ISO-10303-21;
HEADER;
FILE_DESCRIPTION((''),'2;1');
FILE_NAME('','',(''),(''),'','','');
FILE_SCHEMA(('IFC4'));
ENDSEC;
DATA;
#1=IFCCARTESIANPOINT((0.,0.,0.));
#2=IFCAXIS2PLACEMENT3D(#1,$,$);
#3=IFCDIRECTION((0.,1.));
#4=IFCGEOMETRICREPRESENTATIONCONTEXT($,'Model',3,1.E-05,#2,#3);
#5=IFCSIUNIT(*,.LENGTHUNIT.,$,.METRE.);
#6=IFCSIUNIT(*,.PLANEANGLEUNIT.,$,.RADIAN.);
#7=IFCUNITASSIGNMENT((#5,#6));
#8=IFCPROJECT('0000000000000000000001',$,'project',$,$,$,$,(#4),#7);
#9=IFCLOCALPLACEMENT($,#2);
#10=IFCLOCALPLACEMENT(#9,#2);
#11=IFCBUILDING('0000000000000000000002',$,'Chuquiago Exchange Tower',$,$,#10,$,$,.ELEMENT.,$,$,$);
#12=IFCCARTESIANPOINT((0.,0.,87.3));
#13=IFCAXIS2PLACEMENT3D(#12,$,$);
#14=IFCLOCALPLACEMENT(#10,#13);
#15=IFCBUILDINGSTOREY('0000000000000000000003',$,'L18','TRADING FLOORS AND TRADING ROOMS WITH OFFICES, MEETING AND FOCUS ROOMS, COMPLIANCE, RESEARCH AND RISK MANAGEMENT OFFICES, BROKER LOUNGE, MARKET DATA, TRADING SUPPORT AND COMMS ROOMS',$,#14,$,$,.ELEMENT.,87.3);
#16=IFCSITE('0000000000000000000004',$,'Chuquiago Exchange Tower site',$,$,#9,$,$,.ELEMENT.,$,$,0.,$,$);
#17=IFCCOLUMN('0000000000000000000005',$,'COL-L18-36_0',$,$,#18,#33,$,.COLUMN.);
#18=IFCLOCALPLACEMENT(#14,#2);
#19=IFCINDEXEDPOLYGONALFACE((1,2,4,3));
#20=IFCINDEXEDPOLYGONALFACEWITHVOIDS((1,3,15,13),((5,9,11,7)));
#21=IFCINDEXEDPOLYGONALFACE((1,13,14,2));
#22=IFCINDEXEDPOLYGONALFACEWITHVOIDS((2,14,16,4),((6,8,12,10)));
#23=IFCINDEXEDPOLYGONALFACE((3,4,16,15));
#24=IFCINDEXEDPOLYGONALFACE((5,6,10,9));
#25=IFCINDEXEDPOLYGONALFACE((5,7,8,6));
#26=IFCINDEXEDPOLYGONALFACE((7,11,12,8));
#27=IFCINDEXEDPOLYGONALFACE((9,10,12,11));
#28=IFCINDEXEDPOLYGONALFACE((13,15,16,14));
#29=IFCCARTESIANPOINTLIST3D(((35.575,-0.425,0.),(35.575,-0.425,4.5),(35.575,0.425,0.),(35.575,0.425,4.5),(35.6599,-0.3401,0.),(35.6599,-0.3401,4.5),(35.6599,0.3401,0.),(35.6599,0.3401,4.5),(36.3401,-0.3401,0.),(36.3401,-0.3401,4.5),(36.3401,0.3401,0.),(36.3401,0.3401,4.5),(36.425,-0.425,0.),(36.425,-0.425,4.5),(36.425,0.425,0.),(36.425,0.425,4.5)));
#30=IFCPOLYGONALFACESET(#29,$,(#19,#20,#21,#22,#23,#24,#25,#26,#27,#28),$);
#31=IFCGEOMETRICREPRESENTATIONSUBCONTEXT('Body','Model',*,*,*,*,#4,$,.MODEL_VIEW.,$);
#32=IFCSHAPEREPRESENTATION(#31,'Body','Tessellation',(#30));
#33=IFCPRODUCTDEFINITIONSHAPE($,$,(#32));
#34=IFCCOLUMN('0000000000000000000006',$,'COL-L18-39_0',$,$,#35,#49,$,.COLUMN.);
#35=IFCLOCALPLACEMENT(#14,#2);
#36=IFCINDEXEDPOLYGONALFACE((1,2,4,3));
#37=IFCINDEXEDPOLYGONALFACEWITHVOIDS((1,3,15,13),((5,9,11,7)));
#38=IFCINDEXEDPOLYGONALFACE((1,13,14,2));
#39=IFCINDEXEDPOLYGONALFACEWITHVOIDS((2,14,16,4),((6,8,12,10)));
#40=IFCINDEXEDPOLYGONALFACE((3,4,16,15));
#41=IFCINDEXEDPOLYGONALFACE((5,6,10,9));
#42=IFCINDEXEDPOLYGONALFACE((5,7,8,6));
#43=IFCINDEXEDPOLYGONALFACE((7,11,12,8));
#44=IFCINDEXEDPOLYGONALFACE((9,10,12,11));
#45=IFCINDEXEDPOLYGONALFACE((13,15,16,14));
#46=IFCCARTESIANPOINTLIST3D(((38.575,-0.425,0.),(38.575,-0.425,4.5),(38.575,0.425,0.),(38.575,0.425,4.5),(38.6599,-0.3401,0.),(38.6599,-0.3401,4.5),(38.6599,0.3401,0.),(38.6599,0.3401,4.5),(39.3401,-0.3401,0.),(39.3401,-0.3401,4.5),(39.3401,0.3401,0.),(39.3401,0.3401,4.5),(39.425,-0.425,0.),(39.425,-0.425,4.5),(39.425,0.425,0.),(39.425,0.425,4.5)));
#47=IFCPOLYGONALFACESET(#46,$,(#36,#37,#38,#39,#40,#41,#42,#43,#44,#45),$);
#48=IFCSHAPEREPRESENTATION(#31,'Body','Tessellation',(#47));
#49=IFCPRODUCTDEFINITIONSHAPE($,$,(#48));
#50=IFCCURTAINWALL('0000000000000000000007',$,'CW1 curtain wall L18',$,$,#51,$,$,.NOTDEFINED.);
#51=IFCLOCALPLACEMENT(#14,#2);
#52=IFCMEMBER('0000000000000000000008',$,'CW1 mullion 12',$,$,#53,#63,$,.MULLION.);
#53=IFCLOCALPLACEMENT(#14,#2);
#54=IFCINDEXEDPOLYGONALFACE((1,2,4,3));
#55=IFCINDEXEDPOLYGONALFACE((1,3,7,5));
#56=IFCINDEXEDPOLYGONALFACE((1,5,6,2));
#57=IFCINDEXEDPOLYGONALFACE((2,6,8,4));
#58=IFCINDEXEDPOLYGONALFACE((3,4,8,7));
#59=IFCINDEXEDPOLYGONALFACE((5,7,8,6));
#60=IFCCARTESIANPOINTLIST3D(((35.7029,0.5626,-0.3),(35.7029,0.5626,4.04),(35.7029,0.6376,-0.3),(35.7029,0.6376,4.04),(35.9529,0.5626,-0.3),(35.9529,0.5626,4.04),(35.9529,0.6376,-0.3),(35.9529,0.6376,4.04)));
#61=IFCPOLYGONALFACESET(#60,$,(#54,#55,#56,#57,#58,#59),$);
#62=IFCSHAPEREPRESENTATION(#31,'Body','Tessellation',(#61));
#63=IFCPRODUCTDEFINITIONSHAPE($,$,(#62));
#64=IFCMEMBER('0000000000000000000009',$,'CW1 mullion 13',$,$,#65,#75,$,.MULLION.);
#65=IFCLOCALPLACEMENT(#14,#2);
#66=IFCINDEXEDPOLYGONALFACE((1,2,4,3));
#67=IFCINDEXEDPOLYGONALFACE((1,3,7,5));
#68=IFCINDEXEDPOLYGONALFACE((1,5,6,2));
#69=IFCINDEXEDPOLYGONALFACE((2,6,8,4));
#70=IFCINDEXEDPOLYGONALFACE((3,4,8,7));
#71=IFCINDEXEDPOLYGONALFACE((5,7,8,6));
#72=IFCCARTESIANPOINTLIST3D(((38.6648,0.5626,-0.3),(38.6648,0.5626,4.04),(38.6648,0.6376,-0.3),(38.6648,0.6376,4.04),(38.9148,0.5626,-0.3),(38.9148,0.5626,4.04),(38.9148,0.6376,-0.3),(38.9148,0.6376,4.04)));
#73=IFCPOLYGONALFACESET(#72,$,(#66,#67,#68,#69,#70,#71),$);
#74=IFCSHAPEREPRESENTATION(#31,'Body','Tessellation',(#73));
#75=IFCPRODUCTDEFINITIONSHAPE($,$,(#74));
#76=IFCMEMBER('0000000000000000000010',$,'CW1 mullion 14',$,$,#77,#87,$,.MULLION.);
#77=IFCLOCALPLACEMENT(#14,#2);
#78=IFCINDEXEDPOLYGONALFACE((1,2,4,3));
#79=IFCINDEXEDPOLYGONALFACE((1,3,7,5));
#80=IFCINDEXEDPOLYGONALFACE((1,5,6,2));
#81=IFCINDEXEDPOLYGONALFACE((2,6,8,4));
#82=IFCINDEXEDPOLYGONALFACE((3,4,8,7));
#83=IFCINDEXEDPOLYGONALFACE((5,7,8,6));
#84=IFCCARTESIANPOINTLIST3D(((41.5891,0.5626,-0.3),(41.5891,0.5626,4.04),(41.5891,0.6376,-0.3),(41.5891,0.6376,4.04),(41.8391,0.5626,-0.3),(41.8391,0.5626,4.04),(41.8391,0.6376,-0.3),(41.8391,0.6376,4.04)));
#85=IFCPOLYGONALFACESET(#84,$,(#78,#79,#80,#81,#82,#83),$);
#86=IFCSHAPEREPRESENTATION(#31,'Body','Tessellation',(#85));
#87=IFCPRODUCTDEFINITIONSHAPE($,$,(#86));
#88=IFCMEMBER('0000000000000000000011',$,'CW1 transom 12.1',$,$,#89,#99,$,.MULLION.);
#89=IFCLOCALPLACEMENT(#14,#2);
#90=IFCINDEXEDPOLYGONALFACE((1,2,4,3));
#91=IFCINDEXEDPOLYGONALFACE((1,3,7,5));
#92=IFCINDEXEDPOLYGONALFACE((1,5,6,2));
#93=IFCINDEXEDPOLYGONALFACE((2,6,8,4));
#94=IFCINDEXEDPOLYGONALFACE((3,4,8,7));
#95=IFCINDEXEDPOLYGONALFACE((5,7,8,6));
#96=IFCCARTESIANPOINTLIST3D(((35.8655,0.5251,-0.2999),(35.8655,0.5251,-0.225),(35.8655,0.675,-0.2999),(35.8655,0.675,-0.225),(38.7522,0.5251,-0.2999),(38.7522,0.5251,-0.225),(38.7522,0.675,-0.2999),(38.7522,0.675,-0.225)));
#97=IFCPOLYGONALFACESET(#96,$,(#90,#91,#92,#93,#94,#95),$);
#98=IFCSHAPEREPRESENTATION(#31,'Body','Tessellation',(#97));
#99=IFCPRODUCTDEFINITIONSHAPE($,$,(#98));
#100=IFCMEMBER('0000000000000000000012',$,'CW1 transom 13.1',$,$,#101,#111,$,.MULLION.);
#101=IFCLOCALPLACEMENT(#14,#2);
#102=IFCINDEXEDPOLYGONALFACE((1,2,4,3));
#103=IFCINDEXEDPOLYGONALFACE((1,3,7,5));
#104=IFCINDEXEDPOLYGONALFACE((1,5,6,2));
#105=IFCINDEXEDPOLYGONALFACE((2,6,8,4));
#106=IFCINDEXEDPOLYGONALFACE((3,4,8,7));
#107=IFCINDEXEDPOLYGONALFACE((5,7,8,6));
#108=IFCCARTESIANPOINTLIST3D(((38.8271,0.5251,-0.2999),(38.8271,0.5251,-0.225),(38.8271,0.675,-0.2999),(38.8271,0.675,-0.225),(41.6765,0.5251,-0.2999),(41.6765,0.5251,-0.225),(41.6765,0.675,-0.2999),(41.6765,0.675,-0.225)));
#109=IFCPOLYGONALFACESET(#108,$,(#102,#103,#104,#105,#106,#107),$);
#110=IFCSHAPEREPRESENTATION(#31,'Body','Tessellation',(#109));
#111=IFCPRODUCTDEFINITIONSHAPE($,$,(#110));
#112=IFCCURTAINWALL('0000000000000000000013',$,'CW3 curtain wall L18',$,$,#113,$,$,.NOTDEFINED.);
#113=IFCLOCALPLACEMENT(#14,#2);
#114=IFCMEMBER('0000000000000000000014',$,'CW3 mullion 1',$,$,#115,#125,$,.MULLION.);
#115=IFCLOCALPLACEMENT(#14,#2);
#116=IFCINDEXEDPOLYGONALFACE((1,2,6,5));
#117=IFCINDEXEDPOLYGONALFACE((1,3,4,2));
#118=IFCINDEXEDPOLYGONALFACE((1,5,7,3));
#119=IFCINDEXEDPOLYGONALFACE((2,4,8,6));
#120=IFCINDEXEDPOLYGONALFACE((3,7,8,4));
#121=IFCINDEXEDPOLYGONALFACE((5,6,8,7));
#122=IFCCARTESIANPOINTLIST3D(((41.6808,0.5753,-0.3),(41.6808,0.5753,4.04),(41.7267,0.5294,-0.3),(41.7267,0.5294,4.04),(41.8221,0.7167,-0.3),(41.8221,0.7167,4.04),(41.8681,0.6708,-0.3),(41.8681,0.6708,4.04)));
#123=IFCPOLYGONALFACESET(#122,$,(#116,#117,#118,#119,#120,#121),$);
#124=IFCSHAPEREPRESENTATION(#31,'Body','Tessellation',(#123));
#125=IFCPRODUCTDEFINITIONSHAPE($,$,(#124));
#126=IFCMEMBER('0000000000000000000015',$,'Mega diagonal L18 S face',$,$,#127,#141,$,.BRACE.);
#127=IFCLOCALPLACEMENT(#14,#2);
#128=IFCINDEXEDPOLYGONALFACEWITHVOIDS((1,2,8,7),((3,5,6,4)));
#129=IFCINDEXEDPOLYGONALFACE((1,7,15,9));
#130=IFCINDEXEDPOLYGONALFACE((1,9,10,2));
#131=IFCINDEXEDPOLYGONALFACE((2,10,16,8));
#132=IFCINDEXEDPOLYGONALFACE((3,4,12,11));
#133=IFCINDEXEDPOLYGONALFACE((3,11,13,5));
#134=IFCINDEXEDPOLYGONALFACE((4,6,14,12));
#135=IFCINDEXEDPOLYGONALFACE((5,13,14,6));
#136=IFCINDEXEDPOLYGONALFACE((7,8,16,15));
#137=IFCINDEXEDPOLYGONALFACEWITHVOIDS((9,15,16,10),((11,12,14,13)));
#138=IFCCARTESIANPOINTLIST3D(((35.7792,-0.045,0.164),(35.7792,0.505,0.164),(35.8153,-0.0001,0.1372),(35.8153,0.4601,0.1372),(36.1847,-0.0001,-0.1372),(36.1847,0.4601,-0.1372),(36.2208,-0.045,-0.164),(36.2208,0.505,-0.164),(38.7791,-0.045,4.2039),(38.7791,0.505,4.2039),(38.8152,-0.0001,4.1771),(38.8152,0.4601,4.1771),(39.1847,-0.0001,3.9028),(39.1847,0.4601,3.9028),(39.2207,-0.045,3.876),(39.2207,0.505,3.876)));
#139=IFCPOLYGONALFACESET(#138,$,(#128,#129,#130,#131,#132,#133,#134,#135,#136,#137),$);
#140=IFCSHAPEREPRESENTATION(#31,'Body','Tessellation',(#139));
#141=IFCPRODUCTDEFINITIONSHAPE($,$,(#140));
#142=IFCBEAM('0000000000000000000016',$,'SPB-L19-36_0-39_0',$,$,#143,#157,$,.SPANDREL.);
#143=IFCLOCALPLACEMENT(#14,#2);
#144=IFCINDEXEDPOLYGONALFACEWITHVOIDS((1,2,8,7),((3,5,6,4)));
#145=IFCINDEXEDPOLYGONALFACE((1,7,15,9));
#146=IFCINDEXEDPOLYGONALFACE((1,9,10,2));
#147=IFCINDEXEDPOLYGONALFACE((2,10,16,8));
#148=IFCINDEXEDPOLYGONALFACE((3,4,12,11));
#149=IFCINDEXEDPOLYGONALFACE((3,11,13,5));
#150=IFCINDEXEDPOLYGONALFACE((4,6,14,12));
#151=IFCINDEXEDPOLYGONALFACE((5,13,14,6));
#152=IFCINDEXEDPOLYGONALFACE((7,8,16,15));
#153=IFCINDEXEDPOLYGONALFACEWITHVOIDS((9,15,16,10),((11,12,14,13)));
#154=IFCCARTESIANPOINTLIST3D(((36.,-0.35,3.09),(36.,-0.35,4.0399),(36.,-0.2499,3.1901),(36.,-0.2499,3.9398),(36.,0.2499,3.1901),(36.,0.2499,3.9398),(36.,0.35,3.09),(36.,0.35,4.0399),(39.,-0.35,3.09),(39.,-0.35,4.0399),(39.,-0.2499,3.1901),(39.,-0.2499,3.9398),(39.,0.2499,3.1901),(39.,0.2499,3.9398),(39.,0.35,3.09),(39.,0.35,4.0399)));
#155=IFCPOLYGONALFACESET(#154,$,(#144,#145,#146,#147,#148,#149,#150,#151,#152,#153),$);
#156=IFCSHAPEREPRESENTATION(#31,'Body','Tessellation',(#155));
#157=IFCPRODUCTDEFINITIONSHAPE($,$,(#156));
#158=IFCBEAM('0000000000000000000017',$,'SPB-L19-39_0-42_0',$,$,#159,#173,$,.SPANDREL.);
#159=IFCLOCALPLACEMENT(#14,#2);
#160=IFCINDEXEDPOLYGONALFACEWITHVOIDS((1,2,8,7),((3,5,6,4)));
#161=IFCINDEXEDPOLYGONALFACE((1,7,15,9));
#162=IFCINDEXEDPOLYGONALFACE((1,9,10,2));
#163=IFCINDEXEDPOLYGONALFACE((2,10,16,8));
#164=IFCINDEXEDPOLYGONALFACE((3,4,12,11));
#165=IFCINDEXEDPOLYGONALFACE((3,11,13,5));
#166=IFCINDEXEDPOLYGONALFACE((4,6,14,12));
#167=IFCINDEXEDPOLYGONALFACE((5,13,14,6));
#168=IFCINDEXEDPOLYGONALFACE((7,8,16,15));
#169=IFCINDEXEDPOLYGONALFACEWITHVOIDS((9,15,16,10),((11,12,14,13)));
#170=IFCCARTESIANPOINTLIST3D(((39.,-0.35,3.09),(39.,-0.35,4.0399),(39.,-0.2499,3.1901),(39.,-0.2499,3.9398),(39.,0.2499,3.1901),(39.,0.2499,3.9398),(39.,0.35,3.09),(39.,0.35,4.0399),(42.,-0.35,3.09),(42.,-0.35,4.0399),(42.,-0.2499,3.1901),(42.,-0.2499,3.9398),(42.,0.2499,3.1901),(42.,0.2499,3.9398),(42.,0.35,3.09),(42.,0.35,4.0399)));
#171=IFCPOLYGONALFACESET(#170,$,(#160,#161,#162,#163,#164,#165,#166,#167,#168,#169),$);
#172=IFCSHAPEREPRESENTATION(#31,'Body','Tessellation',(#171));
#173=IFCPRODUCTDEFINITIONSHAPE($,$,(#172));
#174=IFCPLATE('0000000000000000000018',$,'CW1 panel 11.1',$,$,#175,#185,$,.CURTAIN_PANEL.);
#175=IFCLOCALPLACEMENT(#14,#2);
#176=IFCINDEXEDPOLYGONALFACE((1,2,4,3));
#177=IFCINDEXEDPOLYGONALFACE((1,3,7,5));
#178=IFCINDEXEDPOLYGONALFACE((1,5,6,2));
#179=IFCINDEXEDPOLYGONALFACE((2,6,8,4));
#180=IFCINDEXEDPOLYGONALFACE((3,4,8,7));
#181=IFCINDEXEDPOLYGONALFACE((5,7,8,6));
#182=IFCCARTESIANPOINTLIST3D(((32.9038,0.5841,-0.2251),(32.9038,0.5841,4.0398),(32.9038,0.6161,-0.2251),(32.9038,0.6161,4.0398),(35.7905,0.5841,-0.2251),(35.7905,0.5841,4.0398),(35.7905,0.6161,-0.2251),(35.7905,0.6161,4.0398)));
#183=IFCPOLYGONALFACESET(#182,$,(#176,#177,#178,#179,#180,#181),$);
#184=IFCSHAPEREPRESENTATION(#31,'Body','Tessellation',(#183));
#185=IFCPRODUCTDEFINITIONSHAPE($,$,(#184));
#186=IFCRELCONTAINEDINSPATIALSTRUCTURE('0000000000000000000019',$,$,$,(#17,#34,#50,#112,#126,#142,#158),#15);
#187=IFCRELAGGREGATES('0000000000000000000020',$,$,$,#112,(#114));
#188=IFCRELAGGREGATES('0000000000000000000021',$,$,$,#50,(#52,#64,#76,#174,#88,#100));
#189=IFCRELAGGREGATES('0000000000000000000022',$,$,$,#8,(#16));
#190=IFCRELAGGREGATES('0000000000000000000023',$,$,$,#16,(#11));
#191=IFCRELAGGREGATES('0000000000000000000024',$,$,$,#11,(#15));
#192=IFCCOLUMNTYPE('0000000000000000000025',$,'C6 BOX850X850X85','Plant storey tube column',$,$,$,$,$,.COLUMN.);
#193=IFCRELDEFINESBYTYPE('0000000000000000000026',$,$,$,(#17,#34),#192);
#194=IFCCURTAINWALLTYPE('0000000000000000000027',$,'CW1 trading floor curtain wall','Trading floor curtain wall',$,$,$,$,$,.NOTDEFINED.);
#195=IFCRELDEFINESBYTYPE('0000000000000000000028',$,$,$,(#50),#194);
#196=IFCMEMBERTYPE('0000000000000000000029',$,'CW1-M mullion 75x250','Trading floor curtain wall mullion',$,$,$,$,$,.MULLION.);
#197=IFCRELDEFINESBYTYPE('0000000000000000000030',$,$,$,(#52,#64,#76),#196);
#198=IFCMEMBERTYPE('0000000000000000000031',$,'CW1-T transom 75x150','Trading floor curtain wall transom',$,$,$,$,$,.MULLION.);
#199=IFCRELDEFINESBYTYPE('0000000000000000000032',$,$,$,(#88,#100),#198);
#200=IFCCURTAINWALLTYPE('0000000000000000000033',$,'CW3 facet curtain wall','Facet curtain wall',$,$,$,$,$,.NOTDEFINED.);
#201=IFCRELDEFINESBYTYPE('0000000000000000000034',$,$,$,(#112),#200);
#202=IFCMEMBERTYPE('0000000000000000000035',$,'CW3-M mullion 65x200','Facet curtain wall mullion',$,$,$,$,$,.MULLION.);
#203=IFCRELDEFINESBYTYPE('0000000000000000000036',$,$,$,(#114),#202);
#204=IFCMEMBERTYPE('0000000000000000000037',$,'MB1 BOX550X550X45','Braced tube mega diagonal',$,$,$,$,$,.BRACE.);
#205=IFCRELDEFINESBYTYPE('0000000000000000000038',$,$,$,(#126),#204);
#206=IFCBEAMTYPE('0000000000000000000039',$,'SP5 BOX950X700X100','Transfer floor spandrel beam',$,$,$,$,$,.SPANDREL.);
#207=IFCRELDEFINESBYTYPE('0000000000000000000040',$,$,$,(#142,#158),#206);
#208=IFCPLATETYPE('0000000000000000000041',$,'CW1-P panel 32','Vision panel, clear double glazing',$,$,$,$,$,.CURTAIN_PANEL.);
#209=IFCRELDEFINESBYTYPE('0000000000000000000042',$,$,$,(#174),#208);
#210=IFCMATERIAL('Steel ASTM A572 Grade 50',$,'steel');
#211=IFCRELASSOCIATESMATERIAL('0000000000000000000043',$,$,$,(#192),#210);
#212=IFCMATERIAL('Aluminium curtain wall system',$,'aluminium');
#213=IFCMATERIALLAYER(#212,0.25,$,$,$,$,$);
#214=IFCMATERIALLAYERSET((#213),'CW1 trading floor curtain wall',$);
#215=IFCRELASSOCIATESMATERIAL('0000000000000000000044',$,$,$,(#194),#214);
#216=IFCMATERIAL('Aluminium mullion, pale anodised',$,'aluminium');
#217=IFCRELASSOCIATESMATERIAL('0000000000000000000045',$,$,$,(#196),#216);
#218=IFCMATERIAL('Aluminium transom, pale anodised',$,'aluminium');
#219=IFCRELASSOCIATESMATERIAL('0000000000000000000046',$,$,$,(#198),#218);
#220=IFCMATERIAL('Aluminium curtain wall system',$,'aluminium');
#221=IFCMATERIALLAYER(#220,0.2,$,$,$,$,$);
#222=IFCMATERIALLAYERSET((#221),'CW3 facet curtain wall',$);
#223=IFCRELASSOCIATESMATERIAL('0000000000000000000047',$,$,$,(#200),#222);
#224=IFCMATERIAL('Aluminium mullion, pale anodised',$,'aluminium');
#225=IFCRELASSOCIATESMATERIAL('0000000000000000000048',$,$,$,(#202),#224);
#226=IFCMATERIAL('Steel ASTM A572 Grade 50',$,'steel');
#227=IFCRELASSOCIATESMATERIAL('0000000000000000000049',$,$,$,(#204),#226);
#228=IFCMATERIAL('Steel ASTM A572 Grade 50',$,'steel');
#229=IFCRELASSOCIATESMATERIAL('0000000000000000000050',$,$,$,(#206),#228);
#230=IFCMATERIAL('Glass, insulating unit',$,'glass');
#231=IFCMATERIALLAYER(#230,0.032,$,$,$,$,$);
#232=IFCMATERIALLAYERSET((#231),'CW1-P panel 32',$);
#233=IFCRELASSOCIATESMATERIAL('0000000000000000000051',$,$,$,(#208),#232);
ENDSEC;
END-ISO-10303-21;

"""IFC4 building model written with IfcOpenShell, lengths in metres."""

from ifc_helpers import new_model, si_unit, direction, frame, origin, origin_2d, place, context, subcontext, project, spatial, rectangle, hollow_rectangle, extrude, material, layer, layer_set, material_profile, profile_set, type_object, element, aggregate, save


model = new_model("IFC4")

# Units and contexts
model_context = context("Model", 3, precision=1e-05, world=origin(), true_north=direction((0.0, 1.0)))
body_context = subcontext(model_context, "Body", "Model", "MODEL_VIEW")
ifc_project = project(units=[si_unit("LENGTHUNIT", "METRE"), si_unit("PLANEANGLEUNIT", "RADIAN")], contexts=[model_context])

# Site, building, storey
site_placement = place(None, origin())
site = spatial("IfcSite", under=ifc_project, at=site_placement, Name="Chuquiago Exchange Tower site", CompositionType="ELEMENT", RefElevation=0.0)
building_placement = place(site_placement, origin())
building = spatial("IfcBuilding", under=site, at=building_placement, Name="Chuquiago Exchange Tower", CompositionType="ELEMENT")
storey_placement = place(building_placement, frame((0.0, 0.0, 87.3)))
storey = spatial("IfcBuildingStorey", under=building, at=storey_placement, Name="L18", Description="TRADING FLOORS AND TRADING ROOMS WITH OFFICES, MEETING AND FOCUS ROOMS, COMPLIANCE, RESEARCH AND RISK MANAGEMENT OFFICES, BROKER LOUNGE, MARKET DATA, TRADING SUPPORT AND COMMS ROOMS", CompositionType="ELEMENT", Elevation=87.3)

# Columns
ifc_material_1 = material(Name="Steel ASTM A572 Grade 50", Category="steel")
ifc_material_profile_1 = material_profile(ifc_material_1, hollow_rectangle(XDim=0.8501, YDim=0.8501, WallThickness=0.085, at=origin_2d()), Name="BOX850X850X85")
ifc_profile_set_1 = profile_set([ifc_material_profile_1], Name="Steel ASTM A572 Grade 50")
column_type = type_object("IfcColumnType", Name="C6 BOX850X850X85", Description="Plant storey tube column", PredefinedType="COLUMN", material=ifc_profile_set_1)
for number, where, z_axis, x_axis, name in (
    (1, (36.0, 0.0, 0.0), (0.0, 0.0, 1.0), (0.0, -1.0, 0.0), "COL-L18-36_0"),
    (2, (39.0, 0.0, 0.0), (0.0, 0.0, 1.0), (0.0, -1.0, 0.0), "COL-L18-39_0"),
):
    element("IfcColumn", number, at=place(storey_placement, frame(where, z_axis=z_axis, x_axis=x_axis)), inside=storey, type_object=column_type, Name=name, PredefinedType="COLUMN", context=body_context, shape_type="SweptSolid", body=[
        extrude(hollow_rectangle(XDim=0.8501, YDim=0.8501, WallThickness=0.085, at=origin_2d()), origin(), (0.0, 0.0, 1.0), 4.5),
    ])

# Curtain wall, members
ifc_material_2 = material(Name="Aluminium curtain wall system", Category="aluminium")
ifc_layer_1 = layer(ifc_material_2, 0.25)
ifc_layer_set_1 = layer_set([ifc_layer_1], Name="CW1 trading floor curtain wall")
curtain_wall_type_1 = type_object("IfcCurtainWallType", Name="CW1 trading floor curtain wall", Description="Trading floor curtain wall", PredefinedType="NOTDEFINED", material=ifc_layer_set_1)
curtain_wall_1_placement = place(storey_placement, origin())
curtain_wall_1 = element("IfcCurtainWall", 3, at=curtain_wall_1_placement, inside=storey, type_object=curtain_wall_type_1, Name="CW1 curtain wall L18", PredefinedType="NOTDEFINED")
ifc_material_3 = material(Name="Aluminium mullion, pale anodised", Category="aluminium")
ifc_material_profile_2 = material_profile(ifc_material_3, rectangle(XDim=0.075, YDim=0.25, at=origin_2d()), Name="AL 75x250")
ifc_profile_set_2 = profile_set([ifc_material_profile_2], Name="Aluminium mullion, pale anodised")
member_type_1 = type_object("IfcMemberType", Name="CW1-M mullion 75x250", Description="Trading floor curtain wall mullion", PredefinedType="MULLION", material=ifc_profile_set_2)
member_1_placement = place(storey_placement, frame((35.8279, 0.6001, -0.3), z_axis=(0.0, 0.0, 1.0), x_axis=(0.0, 1.0, 0.0)))
member_1 = element("IfcMember", 4, at=member_1_placement, type_object=member_type_1, Name="CW1 mullion 12", PredefinedType="MULLION", context=body_context, shape_type="SweptSolid", body=[
    extrude(rectangle(XDim=0.075, YDim=0.25, at=origin_2d()), origin(), (0.0, 0.0, 1.0), 4.3401),
])
member_2_placement = place(storey_placement, frame((38.7898, 0.6001, -0.3), z_axis=(0.0, 0.0, 1.0), x_axis=(0.0, 1.0, 0.0)))
member_2 = element("IfcMember", 5, at=member_2_placement, type_object=member_type_1, Name="CW1 mullion 13", PredefinedType="MULLION", context=body_context, shape_type="SweptSolid", body=[
    extrude(rectangle(XDim=0.075, YDim=0.25, at=origin_2d()), origin(), (0.0, 0.0, 1.0), 4.3401),
])
member_3_placement = place(storey_placement, frame((41.7141, 0.6001, -0.3), z_axis=(0.0, 0.0, 1.0), x_axis=(0.0, 1.0, 0.0)))
member_3 = element("IfcMember", 6, at=member_3_placement, type_object=member_type_1, Name="CW1 mullion 14", PredefinedType="MULLION", context=body_context, shape_type="SweptSolid", body=[
    extrude(rectangle(XDim=0.075, YDim=0.25, at=origin_2d()), origin(), (0.0, 0.0, 1.0), 4.3401),
])
ifc_material_4 = material(Name="Aluminium transom, pale anodised", Category="aluminium")
ifc_material_profile_3 = material_profile(ifc_material_4, rectangle(XDim=0.1499, YDim=0.075, at=origin_2d()), Name="AL 150x75")
ifc_profile_set_3 = profile_set([ifc_material_profile_3], Name="Aluminium transom, pale anodised")
member_type_2 = type_object("IfcMemberType", Name="CW1-T transom 75x150", Description="Trading floor curtain wall transom", PredefinedType="MULLION", material=ifc_profile_set_3)
member_4_placement = place(storey_placement, frame((35.8655, 0.6001, -0.2625), z_axis=(1.0, 0.0, 0.0), x_axis=(0.0, 1.0, 0.0)))
member_4 = element("IfcMember", 7, at=member_4_placement, type_object=member_type_2, Name="CW1 transom 12.1", PredefinedType="MULLION", context=body_context, shape_type="SweptSolid", body=[
    extrude(rectangle(XDim=0.1499, YDim=0.075, at=origin_2d()), origin(), (0.0, 0.0, 1.0), 2.8867),
])
member_5_placement = place(storey_placement, frame((38.8271, 0.6001, -0.2625), z_axis=(1.0, 0.0, 0.0), x_axis=(0.0, 1.0, 0.0)))
member_5 = element("IfcMember", 8, at=member_5_placement, type_object=member_type_2, Name="CW1 transom 13.1", PredefinedType="MULLION", context=body_context, shape_type="SweptSolid", body=[
    extrude(rectangle(XDim=0.1499, YDim=0.075, at=origin_2d()), origin(), (0.0, 0.0, 1.0), 2.8494),
])

# Curtain wall, member
ifc_material_5 = material(Name="Aluminium curtain wall system", Category="aluminium")
ifc_layer_2 = layer(ifc_material_5, 0.2)
ifc_layer_set_2 = layer_set([ifc_layer_2], Name="CW3 facet curtain wall")
curtain_wall_type_2 = type_object("IfcCurtainWallType", Name="CW3 facet curtain wall", Description="Facet curtain wall", PredefinedType="NOTDEFINED", material=ifc_layer_set_2)
curtain_wall_2_placement = place(storey_placement, origin())
curtain_wall_2 = element("IfcCurtainWall", 9, at=curtain_wall_2_placement, inside=storey, type_object=curtain_wall_type_2, Name="CW3 curtain wall L18", PredefinedType="NOTDEFINED")
ifc_material_6 = material(Name="Aluminium mullion, pale anodised", Category="aluminium")
ifc_material_profile_4 = material_profile(ifc_material_6, rectangle(XDim=0.0649, YDim=0.2, at=origin_2d()), Name="AL 65x200")
ifc_profile_set_4 = profile_set([ifc_material_profile_4], Name="Aluminium mullion, pale anodised")
member_type_3 = type_object("IfcMemberType", Name="CW3-M mullion 65x200", Description="Facet curtain wall mullion", PredefinedType="MULLION", material=ifc_profile_set_4)
member_6_placement = place(storey_placement, frame((41.7744, 0.623, -0.3), z_axis=(0.0, 0.0, 1.0), x_axis=(-0.707107, 0.707107, 0.0)))
member_6 = element("IfcMember", 10, at=member_6_placement, type_object=member_type_3, Name="CW3 mullion 1", PredefinedType="MULLION", context=body_context, shape_type="SweptSolid", body=[
    extrude(rectangle(XDim=0.0649, YDim=0.2, at=origin_2d()), origin(), (0.0, 0.0, 1.0), 4.3401),
])
aggregate(curtain_wall_2, [member_6])

# Member
ifc_material_7 = material(Name="Steel ASTM A572 Grade 50", Category="steel")
ifc_material_profile_5 = material_profile(ifc_material_7, hollow_rectangle(XDim=0.55, YDim=0.55, WallThickness=0.0449, at=origin_2d()), Name="BOX550X550X45")
ifc_profile_set_5 = profile_set([ifc_material_profile_5], Name="Steel ASTM A572 Grade 50")
member_type_4 = type_object("IfcMemberType", Name="MB1 BOX550X550X45", Description="Braced tube mega diagonal", PredefinedType="BRACE", material=ifc_profile_set_5)
member_7_placement = place(storey_placement, frame((36.0, 0.23, 0.0), z_axis=(0.596174, 0.0, 0.802855), x_axis=(0.0, 1.0, 0.0)))
element("IfcMember", 11, at=member_7_placement, inside=storey, type_object=member_type_4, Name="Mega diagonal L18 S face", PredefinedType="BRACE", context=body_context, shape_type="SweptSolid", body=[
    extrude(hollow_rectangle(XDim=0.55, YDim=0.55, WallThickness=0.0449, at=origin_2d()), origin(), (0.0, 0.0, 1.0), 5.032),
])

# Beams
ifc_material_8 = material(Name="Steel ASTM A572 Grade 50", Category="steel")
ifc_material_profile_6 = material_profile(ifc_material_8, hollow_rectangle(XDim=0.7, YDim=0.95, WallThickness=0.1001, at=origin_2d()), Name="BOX950X700X100")
ifc_profile_set_6 = profile_set([ifc_material_profile_6], Name="Steel ASTM A572 Grade 50")
beam_type = type_object("IfcBeamType", Name="SP5 BOX950X700X100", Description="Transfer floor spandrel beam", PredefinedType="SPANDREL", material=ifc_profile_set_6)
for number, where, z_axis, x_axis, name in (
    (12, (36.0, 0.0, 3.5649), (1.0, 0.0, 0.0), (0.0, 1.0, 0.0), "SPB-L19-36_0-39_0"),
    (13, (39.0, 0.0, 3.5649), (1.0, 0.0, 0.0), (0.0, 1.0, 0.0), "SPB-L19-39_0-42_0"),
):
    element("IfcBeam", number, at=place(storey_placement, frame(where, z_axis=z_axis, x_axis=x_axis)), inside=storey, type_object=beam_type, Name=name, PredefinedType="SPANDREL", context=body_context, shape_type="SweptSolid", body=[
        extrude(hollow_rectangle(XDim=0.7, YDim=0.95, WallThickness=0.1001, at=origin_2d()), origin(), (0.0, 0.0, 1.0), 3.0),
    ])

# Plate
ifc_material_9 = material(Name="Glass, insulating unit", Category="glass")
ifc_layer_3 = layer(ifc_material_9, 0.032)
ifc_layer_set_3 = layer_set([ifc_layer_3], Name="CW1-P panel 32")
plate_type_1 = type_object("IfcPlateType", Name="CW1-P panel 32", Description="Vision panel, clear double glazing", PredefinedType="CURTAIN_PANEL", material=ifc_layer_set_3)
plate_1_placement = place(storey_placement, frame((34.3472, 0.6001, -0.2251), z_axis=(0.0, 0.0, 1.0), x_axis=(1.0, 0.0, 0.0)))
plate_1 = element("IfcPlate", 14, at=plate_1_placement, type_object=plate_type_1, Name="CW1 panel 11.1", PredefinedType="CURTAIN_PANEL", context=body_context, shape_type="SweptSolid", body=[
    extrude(rectangle(XDim=2.8867, YDim=0.032, at=origin_2d()), origin(), (0.0, 0.0, 1.0), 4.2649),
])
aggregate(curtain_wall_1, [member_1, member_2, member_3, plate_1, member_4, member_5])

save(model, "model.ifc")
